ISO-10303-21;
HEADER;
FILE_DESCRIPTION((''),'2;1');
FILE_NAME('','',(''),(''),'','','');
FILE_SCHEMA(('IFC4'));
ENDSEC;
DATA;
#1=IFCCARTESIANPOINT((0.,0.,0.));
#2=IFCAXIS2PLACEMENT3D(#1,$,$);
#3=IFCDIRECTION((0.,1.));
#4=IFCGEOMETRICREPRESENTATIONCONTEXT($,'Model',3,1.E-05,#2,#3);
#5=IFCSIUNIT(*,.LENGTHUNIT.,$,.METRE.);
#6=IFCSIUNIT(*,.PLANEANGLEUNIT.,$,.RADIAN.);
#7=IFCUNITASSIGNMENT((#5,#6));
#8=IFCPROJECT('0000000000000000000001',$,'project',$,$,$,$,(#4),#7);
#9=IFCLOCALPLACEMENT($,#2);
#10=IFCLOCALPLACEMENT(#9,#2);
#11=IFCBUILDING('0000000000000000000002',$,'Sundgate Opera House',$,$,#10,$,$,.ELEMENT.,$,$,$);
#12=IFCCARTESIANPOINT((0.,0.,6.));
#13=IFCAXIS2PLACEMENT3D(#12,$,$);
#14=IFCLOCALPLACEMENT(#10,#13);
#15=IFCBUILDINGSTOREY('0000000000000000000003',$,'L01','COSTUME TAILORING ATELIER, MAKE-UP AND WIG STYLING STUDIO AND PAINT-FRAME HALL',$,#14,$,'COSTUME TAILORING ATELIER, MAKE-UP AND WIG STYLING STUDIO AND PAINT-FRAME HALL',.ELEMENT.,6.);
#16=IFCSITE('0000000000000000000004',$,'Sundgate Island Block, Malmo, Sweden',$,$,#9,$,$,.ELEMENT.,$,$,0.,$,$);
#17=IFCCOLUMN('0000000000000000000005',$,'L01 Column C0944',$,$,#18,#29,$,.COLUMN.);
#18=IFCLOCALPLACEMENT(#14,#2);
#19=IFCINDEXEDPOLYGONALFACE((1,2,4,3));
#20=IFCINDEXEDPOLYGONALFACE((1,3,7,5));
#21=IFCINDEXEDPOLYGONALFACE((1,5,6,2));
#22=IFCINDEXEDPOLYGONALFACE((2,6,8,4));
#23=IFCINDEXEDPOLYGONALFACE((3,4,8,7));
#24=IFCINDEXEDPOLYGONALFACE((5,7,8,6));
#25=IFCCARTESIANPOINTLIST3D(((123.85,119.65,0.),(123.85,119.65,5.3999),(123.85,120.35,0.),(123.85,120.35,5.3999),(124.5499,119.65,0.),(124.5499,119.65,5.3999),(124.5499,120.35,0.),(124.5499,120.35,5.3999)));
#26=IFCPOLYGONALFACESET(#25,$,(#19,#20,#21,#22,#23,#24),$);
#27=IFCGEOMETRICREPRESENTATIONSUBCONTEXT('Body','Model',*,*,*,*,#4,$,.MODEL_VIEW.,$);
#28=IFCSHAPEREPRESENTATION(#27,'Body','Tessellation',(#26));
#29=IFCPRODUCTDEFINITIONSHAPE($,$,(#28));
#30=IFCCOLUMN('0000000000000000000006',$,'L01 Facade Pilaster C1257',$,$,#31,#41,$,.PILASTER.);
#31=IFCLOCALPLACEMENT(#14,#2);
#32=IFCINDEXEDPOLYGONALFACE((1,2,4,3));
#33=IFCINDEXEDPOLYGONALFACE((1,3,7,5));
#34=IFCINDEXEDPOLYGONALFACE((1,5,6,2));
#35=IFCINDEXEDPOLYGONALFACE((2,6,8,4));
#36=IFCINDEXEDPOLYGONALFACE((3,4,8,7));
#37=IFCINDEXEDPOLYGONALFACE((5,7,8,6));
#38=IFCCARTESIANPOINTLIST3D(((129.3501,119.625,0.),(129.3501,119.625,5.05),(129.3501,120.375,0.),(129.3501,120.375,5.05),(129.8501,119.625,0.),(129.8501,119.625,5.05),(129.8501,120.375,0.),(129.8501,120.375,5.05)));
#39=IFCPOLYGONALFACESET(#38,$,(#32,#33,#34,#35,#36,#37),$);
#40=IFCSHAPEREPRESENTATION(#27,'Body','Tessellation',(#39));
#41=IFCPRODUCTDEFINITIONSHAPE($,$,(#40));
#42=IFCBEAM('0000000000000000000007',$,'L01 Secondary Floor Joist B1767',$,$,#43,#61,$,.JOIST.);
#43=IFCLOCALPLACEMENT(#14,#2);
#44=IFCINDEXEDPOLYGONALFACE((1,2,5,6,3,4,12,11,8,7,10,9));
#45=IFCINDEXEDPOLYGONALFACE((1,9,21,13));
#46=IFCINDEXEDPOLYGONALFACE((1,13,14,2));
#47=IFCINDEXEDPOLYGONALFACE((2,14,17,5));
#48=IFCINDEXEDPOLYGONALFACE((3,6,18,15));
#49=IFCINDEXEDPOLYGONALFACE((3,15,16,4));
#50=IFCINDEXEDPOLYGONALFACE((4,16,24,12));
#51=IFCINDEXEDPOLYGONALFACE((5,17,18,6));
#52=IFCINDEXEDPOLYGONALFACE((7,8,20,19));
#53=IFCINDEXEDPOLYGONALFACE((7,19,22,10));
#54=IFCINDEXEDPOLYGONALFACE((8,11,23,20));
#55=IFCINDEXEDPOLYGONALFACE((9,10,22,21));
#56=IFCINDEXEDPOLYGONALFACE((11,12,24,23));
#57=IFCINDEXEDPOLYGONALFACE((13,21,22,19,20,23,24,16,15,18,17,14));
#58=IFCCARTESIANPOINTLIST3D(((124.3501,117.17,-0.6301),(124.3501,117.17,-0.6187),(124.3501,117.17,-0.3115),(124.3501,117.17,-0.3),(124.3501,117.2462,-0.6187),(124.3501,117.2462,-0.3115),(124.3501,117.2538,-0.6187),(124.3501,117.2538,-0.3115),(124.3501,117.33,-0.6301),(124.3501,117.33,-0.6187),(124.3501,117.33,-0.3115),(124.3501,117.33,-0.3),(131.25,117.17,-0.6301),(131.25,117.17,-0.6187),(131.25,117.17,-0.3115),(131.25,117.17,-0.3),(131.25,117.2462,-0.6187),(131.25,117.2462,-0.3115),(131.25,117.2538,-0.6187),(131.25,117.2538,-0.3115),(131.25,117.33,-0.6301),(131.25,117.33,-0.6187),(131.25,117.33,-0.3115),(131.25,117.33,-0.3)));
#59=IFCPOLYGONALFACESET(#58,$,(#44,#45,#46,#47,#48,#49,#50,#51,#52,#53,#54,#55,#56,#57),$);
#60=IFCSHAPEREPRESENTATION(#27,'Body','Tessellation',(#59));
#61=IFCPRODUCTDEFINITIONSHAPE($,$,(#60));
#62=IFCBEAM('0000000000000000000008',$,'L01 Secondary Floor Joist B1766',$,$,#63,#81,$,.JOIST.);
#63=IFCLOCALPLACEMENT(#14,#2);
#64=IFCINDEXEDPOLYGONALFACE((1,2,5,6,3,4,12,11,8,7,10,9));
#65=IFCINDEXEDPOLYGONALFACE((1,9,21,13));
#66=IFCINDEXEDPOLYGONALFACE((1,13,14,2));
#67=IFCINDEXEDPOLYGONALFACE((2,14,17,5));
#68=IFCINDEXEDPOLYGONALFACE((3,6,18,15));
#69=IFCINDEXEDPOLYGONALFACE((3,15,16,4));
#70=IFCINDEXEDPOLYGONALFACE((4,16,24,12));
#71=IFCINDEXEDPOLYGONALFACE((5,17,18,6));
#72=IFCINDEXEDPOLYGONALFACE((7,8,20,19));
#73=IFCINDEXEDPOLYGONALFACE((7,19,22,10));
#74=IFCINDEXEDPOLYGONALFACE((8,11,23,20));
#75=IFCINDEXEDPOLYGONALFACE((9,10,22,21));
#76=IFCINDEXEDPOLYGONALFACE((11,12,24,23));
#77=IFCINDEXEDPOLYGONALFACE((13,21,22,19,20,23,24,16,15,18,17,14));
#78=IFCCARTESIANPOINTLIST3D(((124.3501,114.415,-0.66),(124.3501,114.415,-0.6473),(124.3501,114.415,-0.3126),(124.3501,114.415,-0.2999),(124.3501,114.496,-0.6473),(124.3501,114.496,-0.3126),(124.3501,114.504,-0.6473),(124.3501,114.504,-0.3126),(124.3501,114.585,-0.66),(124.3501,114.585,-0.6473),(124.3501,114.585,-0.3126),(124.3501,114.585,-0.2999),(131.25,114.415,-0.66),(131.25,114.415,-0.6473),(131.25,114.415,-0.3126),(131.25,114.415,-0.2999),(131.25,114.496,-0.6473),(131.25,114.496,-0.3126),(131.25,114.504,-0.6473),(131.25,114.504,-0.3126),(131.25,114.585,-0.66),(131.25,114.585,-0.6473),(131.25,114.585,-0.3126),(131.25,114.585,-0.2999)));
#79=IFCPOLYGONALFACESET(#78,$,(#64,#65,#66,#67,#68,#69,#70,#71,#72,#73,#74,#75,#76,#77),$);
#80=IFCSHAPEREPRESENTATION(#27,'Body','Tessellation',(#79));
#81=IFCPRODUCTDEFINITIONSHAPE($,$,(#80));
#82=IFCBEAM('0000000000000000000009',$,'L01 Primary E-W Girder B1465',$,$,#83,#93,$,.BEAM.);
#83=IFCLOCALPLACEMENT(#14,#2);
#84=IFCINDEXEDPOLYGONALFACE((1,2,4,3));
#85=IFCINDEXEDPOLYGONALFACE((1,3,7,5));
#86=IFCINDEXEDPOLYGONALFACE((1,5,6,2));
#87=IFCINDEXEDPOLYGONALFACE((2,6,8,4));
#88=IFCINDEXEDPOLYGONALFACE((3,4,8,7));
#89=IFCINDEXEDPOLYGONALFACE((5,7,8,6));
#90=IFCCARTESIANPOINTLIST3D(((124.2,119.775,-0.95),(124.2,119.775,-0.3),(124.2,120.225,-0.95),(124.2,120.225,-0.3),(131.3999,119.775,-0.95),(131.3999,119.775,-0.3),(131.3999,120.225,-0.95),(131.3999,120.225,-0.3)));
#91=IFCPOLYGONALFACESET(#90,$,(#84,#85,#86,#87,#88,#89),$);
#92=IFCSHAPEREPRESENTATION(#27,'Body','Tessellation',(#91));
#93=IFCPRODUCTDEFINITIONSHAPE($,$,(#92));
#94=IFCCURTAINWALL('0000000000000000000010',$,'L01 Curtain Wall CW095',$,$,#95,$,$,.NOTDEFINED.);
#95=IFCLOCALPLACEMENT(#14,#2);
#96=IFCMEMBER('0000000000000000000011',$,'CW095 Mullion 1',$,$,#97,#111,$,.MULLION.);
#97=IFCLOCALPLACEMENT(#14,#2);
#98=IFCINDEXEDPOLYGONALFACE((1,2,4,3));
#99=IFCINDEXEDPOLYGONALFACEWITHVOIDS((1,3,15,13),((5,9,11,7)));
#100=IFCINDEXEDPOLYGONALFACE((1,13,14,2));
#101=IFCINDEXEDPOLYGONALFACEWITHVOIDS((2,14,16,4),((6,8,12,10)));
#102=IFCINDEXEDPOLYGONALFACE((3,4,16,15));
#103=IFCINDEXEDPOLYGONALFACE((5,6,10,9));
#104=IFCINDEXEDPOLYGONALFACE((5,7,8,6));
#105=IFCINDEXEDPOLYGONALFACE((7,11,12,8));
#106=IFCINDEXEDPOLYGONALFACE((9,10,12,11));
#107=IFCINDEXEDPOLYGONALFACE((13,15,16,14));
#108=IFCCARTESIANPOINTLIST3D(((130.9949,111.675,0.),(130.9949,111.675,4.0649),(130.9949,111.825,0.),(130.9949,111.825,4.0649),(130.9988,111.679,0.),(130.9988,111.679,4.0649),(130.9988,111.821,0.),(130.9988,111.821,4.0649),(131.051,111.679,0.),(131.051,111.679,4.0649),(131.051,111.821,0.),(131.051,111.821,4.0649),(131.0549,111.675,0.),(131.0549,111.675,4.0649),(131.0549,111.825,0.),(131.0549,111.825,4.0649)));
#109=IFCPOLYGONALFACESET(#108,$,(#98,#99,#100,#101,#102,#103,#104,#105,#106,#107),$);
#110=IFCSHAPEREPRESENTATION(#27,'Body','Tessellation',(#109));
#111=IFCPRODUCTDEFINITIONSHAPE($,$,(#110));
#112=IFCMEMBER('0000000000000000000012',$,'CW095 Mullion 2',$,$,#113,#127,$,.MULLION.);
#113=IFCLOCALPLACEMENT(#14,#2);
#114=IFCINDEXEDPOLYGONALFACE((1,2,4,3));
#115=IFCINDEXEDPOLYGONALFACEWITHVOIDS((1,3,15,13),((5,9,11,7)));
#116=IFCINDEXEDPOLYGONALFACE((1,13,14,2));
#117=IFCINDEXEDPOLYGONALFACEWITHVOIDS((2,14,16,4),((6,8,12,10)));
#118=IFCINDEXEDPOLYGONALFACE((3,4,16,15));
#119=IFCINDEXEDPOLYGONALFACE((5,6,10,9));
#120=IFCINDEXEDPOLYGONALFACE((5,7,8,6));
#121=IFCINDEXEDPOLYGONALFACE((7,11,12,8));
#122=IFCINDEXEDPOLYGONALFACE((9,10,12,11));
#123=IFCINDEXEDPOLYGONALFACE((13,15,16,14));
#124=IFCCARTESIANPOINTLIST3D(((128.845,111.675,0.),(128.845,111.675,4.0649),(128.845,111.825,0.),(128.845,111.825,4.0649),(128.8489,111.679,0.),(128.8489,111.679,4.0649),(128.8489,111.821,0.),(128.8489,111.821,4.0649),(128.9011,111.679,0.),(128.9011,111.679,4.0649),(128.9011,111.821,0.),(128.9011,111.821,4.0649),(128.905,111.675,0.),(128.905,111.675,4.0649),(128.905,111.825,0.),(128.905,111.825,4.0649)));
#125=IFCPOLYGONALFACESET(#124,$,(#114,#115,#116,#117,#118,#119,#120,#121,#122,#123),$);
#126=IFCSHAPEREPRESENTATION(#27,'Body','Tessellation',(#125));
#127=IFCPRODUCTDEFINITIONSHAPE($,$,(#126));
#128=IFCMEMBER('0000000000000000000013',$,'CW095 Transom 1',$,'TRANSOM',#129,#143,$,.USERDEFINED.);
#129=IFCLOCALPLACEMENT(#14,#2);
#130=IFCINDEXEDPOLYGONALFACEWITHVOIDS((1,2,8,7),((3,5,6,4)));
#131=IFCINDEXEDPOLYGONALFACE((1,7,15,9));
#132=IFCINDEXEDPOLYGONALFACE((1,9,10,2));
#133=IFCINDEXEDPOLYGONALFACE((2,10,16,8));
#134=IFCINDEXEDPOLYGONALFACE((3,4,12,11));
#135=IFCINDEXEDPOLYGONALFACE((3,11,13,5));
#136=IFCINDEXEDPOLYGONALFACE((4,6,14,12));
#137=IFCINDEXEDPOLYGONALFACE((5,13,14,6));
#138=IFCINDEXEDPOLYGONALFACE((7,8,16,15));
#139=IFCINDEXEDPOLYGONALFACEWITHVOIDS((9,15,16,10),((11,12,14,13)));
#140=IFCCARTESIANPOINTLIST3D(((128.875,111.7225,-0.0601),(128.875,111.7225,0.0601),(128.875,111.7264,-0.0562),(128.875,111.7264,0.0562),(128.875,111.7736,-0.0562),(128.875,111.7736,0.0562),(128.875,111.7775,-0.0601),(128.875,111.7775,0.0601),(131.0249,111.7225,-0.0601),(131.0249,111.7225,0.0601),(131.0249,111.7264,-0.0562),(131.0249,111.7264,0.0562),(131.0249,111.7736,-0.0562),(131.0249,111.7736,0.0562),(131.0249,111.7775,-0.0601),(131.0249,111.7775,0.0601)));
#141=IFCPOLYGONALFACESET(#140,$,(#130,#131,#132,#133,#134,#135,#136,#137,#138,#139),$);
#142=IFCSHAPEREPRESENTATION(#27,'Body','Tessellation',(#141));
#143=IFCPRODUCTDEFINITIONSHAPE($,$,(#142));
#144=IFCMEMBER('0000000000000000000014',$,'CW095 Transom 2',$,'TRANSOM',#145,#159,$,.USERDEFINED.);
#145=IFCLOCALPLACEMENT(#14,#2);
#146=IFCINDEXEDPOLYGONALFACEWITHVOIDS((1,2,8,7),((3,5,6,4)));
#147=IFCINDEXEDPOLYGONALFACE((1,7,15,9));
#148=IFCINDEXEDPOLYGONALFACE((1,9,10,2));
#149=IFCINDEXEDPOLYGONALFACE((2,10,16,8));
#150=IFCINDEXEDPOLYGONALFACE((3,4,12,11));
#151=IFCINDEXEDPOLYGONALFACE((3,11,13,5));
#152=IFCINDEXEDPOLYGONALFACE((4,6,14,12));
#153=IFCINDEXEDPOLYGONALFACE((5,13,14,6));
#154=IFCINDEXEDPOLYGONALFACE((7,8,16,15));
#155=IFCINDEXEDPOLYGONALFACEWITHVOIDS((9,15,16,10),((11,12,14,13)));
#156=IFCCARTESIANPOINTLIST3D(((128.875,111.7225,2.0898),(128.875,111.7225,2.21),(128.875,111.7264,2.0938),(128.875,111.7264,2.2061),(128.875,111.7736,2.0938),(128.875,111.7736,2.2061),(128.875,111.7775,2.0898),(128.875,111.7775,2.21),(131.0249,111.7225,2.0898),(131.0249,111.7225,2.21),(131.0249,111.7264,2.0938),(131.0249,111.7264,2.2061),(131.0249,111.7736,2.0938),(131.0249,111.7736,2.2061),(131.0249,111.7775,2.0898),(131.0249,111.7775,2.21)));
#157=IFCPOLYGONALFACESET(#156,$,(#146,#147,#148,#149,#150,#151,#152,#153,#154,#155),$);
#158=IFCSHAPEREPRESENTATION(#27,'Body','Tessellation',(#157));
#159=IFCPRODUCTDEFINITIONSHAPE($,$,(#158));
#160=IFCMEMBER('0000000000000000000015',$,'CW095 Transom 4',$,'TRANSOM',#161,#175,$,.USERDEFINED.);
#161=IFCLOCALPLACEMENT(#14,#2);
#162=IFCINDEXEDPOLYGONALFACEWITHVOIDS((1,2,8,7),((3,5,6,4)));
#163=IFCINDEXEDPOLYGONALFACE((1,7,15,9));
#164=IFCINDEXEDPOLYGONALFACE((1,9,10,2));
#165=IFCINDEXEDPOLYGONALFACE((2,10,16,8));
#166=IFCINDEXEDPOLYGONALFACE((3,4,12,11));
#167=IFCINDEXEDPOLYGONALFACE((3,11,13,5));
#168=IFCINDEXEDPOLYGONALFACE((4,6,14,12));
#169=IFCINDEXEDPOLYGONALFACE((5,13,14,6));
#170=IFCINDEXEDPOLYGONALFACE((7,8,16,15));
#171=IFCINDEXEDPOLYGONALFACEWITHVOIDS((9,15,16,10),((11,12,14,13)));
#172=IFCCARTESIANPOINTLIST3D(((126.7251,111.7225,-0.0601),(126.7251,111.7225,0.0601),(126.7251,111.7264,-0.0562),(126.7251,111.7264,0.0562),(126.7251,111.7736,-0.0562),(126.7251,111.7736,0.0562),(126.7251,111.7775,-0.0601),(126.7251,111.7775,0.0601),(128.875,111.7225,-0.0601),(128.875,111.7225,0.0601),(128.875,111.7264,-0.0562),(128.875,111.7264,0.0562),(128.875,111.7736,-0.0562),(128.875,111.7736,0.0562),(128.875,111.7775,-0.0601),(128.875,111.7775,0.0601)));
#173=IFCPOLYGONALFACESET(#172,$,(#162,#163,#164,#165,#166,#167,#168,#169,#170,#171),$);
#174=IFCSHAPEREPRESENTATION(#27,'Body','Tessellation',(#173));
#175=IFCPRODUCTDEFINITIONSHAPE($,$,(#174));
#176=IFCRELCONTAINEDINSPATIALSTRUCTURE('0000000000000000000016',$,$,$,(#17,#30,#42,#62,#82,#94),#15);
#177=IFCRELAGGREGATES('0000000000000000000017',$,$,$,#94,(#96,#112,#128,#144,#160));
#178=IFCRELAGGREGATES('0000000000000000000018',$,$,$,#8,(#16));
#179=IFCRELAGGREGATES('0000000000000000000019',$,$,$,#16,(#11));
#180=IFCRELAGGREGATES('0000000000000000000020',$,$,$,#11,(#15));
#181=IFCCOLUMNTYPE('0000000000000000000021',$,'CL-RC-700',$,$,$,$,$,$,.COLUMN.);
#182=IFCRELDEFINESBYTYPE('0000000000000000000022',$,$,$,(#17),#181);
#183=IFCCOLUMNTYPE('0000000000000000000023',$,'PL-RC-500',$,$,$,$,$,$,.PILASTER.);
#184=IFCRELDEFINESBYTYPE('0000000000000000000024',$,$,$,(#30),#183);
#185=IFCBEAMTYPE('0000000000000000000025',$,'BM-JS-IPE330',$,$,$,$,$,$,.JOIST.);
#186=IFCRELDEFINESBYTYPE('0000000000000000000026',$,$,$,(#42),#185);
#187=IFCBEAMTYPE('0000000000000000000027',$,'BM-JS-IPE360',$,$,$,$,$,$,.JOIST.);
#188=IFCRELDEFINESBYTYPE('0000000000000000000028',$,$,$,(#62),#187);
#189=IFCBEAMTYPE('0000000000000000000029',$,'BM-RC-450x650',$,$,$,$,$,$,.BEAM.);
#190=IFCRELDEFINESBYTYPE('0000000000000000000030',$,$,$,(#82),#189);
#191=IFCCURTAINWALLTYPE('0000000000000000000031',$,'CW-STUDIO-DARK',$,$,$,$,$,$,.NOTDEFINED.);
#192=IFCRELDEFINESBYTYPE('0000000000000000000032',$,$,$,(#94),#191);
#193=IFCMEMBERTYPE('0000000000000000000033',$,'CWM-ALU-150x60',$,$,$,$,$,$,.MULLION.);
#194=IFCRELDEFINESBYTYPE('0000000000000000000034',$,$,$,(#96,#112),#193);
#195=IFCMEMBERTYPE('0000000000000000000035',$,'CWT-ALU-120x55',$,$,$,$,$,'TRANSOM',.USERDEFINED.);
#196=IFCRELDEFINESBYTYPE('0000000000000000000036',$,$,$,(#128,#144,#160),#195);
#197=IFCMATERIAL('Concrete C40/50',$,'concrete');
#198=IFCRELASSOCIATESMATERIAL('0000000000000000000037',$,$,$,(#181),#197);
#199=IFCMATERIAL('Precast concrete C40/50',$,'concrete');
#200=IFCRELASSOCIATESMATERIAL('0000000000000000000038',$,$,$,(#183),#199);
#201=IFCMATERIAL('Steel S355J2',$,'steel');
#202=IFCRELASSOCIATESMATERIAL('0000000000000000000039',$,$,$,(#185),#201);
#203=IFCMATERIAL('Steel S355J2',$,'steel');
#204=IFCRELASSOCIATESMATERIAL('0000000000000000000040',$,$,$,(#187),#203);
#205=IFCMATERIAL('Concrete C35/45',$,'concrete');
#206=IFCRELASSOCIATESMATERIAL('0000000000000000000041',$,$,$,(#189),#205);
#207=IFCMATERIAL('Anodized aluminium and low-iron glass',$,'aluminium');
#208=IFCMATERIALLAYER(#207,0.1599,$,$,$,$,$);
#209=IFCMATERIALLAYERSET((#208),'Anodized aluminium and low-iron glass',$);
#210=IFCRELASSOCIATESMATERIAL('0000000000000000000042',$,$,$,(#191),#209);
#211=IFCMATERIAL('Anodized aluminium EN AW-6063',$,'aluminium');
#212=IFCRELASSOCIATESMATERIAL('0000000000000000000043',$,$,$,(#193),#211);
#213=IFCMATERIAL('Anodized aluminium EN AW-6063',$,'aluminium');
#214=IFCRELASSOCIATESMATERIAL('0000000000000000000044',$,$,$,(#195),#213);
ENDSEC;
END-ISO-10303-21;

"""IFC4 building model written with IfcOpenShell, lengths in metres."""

from ifc_helpers import new_model, si_unit, direction, frame, origin, origin_2d, place, context, subcontext, project, spatial, rectangle, hollow_rectangle, i_section, extrude, material, layer, layer_set, material_profile, profile_set, type_object, element, aggregate, save


model = new_model("IFC4")

# Units and contexts
model_context = context("Model", 3, precision=1e-05, world=origin(), true_north=direction((0.0, 1.0)))
body_context = subcontext(model_context, "Body", "Model", "MODEL_VIEW")
ifc_project = project(units=[si_unit("LENGTHUNIT", "METRE"), si_unit("PLANEANGLEUNIT", "RADIAN")], contexts=[model_context])

# Site, building, storey
site_placement = place(None, origin())
site = spatial("IfcSite", under=ifc_project, at=site_placement, Name="Sundgate Island Block, Malmo, Sweden", CompositionType="ELEMENT", RefElevation=0.0)
building_placement = place(site_placement, origin())
building = spatial("IfcBuilding", under=site, at=building_placement, Name="Sundgate Opera House", CompositionType="ELEMENT")
storey_placement = place(building_placement, frame((0.0, 0.0, 6.0)))
storey = spatial("IfcBuildingStorey", under=building, at=storey_placement, Name="L01", Description="COSTUME TAILORING ATELIER, MAKE-UP AND WIG STYLING STUDIO AND PAINT-FRAME HALL", LongName="COSTUME TAILORING ATELIER, MAKE-UP AND WIG STYLING STUDIO AND PAINT-FRAME HALL", CompositionType="ELEMENT", Elevation=6.0)

# Columns
ifc_material_1 = material(Name="Concrete C40/50", Category="concrete")
ifc_material_profile_1 = material_profile(ifc_material_1, rectangle(XDim=0.7, YDim=0.7, at=origin_2d()), Name="RC 700x700")
ifc_profile_set_1 = profile_set([ifc_material_profile_1], Name="Concrete C40/50")
column_type_1 = type_object("IfcColumnType", Name="CL-RC-700", PredefinedType="COLUMN", material=ifc_profile_set_1)
column_1_placement = place(storey_placement, frame((124.2, 120.0, 0.0), z_axis=(0.0, 0.0, 1.0), x_axis=(1.0, 0.0, 0.0)))
element("IfcColumn", 1, at=column_1_placement, inside=storey, type_object=column_type_1, Name="L01 Column C0944", PredefinedType="COLUMN", context=body_context, shape_type="SweptSolid", body=[
    extrude(rectangle(XDim=0.7, YDim=0.7, at=origin_2d()), origin(), (0.0, 0.0, 1.0), 5.3999),
])
ifc_material_2 = material(Name="Precast concrete C40/50", Category="concrete")
ifc_material_profile_2 = material_profile(ifc_material_2, rectangle(XDim=0.5, YDim=0.75, at=origin_2d()), Name="RC 500x750")
ifc_profile_set_2 = profile_set([ifc_material_profile_2], Name="Precast concrete C40/50")
column_type_2 = type_object("IfcColumnType", Name="PL-RC-500", PredefinedType="PILASTER", material=ifc_profile_set_2)
column_2_placement = place(storey_placement, frame((129.6001, 120.0, 0.0), z_axis=(0.0, 0.0, 1.0), x_axis=(1.0, 0.0, 0.0)))
element("IfcColumn", 2, at=column_2_placement, inside=storey, type_object=column_type_2, Name="L01 Facade Pilaster C1257", PredefinedType="PILASTER", context=body_context, shape_type="SweptSolid", body=[
    extrude(rectangle(XDim=0.5, YDim=0.75, at=origin_2d()), origin(), (0.0, 0.0, 1.0), 5.05),
])

# Beams
ifc_material_3 = material(Name="Steel S355J2", Category="steel")
ifc_material_profile_3 = material_profile(ifc_material_3, i_section(OverallWidth=0.1599, OverallDepth=0.3301, WebThickness=0.0076, FlangeThickness=0.0115, at=origin_2d()), Name="IPE 330")
ifc_profile_set_3 = profile_set([ifc_material_profile_3], Name="Steel S355J2")
beam_type_1 = type_object("IfcBeamType", Name="BM-JS-IPE330", PredefinedType="JOIST", material=ifc_profile_set_3)
beam_1_placement = place(storey_placement, frame((124.3501, 117.25, -0.4651), z_axis=(1.0, 0.0, 0.0), x_axis=(0.0, 1.0, 0.0)))
element("IfcBeam", 3, at=beam_1_placement, inside=storey, type_object=beam_type_1, Name="L01 Secondary Floor Joist B1767", PredefinedType="JOIST", context=body_context, shape_type="SweptSolid", body=[
    extrude(i_section(OverallWidth=0.1599, OverallDepth=0.3301, WebThickness=0.0076, FlangeThickness=0.0115, at=origin_2d()), origin(), (0.0, 0.0, 1.0), 6.8999),
])
ifc_material_4 = material(Name="Steel S355J2", Category="steel")
ifc_material_profile_4 = material_profile(ifc_material_4, i_section(OverallWidth=0.1699, OverallDepth=0.3601, WebThickness=0.0081, FlangeThickness=0.0127, at=origin_2d()), Name="IPE 360")
ifc_profile_set_4 = profile_set([ifc_material_profile_4], Name="Steel S355J2")
beam_type_2 = type_object("IfcBeamType", Name="BM-JS-IPE360", PredefinedType="JOIST", material=ifc_profile_set_4)
beam_2_placement = place(storey_placement, frame((124.3501, 114.5, -0.48), z_axis=(1.0, 0.0, 0.0), x_axis=(0.0, 1.0, 0.0)))
element("IfcBeam", 4, at=beam_2_placement, inside=storey, type_object=beam_type_2, Name="L01 Secondary Floor Joist B1766", PredefinedType="JOIST", context=body_context, shape_type="SweptSolid", body=[
    extrude(i_section(OverallWidth=0.1699, OverallDepth=0.3601, WebThickness=0.0081, FlangeThickness=0.0127, at=origin_2d()), origin(), (0.0, 0.0, 1.0), 6.8999),
])
ifc_material_5 = material(Name="Concrete C35/45", Category="concrete")
ifc_material_profile_5 = material_profile(ifc_material_5, rectangle(XDim=0.45, YDim=0.6499, at=origin_2d()), Name="RC 450x650")
ifc_profile_set_5 = profile_set([ifc_material_profile_5], Name="Concrete C35/45")
beam_type_3 = type_object("IfcBeamType", Name="BM-RC-450x650", PredefinedType="BEAM", material=ifc_profile_set_5)
beam_3_placement = place(storey_placement, frame((124.2, 120.0, -0.625), z_axis=(1.0, 0.0, 0.0), x_axis=(0.0, 1.0, 0.0)))
element("IfcBeam", 5, at=beam_3_placement, inside=storey, type_object=beam_type_3, Name="L01 Primary E-W Girder B1465", PredefinedType="BEAM", context=body_context, shape_type="SweptSolid", body=[
    extrude(rectangle(XDim=0.45, YDim=0.6499, at=origin_2d()), origin(), (0.0, 0.0, 1.0), 7.2),
])

# Curtain wall, members
ifc_material_6 = material(Name="Anodized aluminium and low-iron glass", Category="aluminium")
ifc_layer_1 = layer(ifc_material_6, 0.1599)
ifc_layer_set_1 = layer_set([ifc_layer_1], Name="Anodized aluminium and low-iron glass")
curtain_wall_type = type_object("IfcCurtainWallType", Name="CW-STUDIO-DARK", PredefinedType="NOTDEFINED", material=ifc_layer_set_1)
curtain_wall_placement = place(storey_placement, origin())
curtain_wall = element("IfcCurtainWall", 6, at=curtain_wall_placement, inside=storey, type_object=curtain_wall_type, Name="L01 Curtain Wall CW095", PredefinedType="NOTDEFINED")
ifc_material_7 = material(Name="Anodized aluminium EN AW-6063", Category="aluminium")
ifc_material_profile_6 = material_profile(ifc_material_7, hollow_rectangle(XDim=0.0601, YDim=0.1499, WallThickness=0.0039, at=origin_2d()), Name="CWM 150x60x4")
ifc_profile_set_6 = profile_set([ifc_material_profile_6], Name="Anodized aluminium EN AW-6063")
member_type_1 = type_object("IfcMemberType", Name="CWM-ALU-150x60", PredefinedType="MULLION", material=ifc_profile_set_6)
member_1_placement = place(storey_placement, frame((131.0249, 111.75, 0.0), z_axis=(0.0, 0.0, 1.0), x_axis=(1.0, 0.0, 0.0)))
member_1 = element("IfcMember", 7, at=member_1_placement, type_object=member_type_1, Name="CW095 Mullion 1", PredefinedType="MULLION", context=body_context, shape_type="SweptSolid", body=[
    extrude(hollow_rectangle(XDim=0.0601, YDim=0.1499, WallThickness=0.0039, at=origin_2d()), origin(), (0.0, 0.0, 1.0), 4.0649),
])
member_2_placement = place(storey_placement, frame((128.875, 111.75, 0.0), z_axis=(0.0, 0.0, 1.0), x_axis=(1.0, 0.0, 0.0)))
member_2 = element("IfcMember", 8, at=member_2_placement, type_object=member_type_1, Name="CW095 Mullion 2", PredefinedType="MULLION", context=body_context, shape_type="SweptSolid", body=[
    extrude(hollow_rectangle(XDim=0.0601, YDim=0.1499, WallThickness=0.0039, at=origin_2d()), origin(), (0.0, 0.0, 1.0), 4.0649),
])
ifc_material_8 = material(Name="Anodized aluminium EN AW-6063", Category="aluminium")
ifc_material_profile_7 = material_profile(ifc_material_8, hollow_rectangle(XDim=0.0549, YDim=0.1201, WallThickness=0.0039, at=origin_2d()), Name="CWT 120x55x4")
ifc_profile_set_7 = profile_set([ifc_material_profile_7], Name="Anodized aluminium EN AW-6063")
member_type_2 = type_object("IfcMemberType", Name="CWT-ALU-120x55", ElementType="TRANSOM", PredefinedType="USERDEFINED", material=ifc_profile_set_7)
member_3_placement = place(storey_placement, frame((131.0249, 111.75, 0.0), z_axis=(-1.0, 0.0, 0.0), x_axis=(0.0, -1.0, 0.0)))
member_3 = element("IfcMember", 9, at=member_3_placement, type_object=member_type_2, Name="CW095 Transom 1", ObjectType="TRANSOM", PredefinedType="USERDEFINED", context=body_context, shape_type="SweptSolid", body=[
    extrude(hollow_rectangle(XDim=0.0549, YDim=0.1201, WallThickness=0.0039, at=origin_2d()), origin(), (0.0, 0.0, 1.0), 2.1499),
])
member_4_placement = place(storey_placement, frame((131.0249, 111.75, 2.1499), z_axis=(-1.0, 0.0, 0.0), x_axis=(0.0, -1.0, 0.0)))
member_4 = element("IfcMember", 10, at=member_4_placement, type_object=member_type_2, Name="CW095 Transom 2", ObjectType="TRANSOM", PredefinedType="USERDEFINED", context=body_context, shape_type="SweptSolid", body=[
    extrude(hollow_rectangle(XDim=0.0549, YDim=0.1201, WallThickness=0.0039, at=origin_2d()), origin(), (0.0, 0.0, 1.0), 2.1499),
])
member_5_placement = place(storey_placement, frame((128.875, 111.75, 0.0), z_axis=(-1.0, 0.0, 0.0), x_axis=(0.0, -1.0, 0.0)))
member_5 = element("IfcMember", 11, at=member_5_placement, type_object=member_type_2, Name="CW095 Transom 4", ObjectType="TRANSOM", PredefinedType="USERDEFINED", context=body_context, shape_type="SweptSolid", body=[
    extrude(hollow_rectangle(XDim=0.0549, YDim=0.1201, WallThickness=0.0039, at=origin_2d()), origin(), (0.0, 0.0, 1.0), 2.1499),
])
aggregate(curtain_wall, [member_1, member_2, member_3, member_4, member_5])

save(model, "model.ifc")
